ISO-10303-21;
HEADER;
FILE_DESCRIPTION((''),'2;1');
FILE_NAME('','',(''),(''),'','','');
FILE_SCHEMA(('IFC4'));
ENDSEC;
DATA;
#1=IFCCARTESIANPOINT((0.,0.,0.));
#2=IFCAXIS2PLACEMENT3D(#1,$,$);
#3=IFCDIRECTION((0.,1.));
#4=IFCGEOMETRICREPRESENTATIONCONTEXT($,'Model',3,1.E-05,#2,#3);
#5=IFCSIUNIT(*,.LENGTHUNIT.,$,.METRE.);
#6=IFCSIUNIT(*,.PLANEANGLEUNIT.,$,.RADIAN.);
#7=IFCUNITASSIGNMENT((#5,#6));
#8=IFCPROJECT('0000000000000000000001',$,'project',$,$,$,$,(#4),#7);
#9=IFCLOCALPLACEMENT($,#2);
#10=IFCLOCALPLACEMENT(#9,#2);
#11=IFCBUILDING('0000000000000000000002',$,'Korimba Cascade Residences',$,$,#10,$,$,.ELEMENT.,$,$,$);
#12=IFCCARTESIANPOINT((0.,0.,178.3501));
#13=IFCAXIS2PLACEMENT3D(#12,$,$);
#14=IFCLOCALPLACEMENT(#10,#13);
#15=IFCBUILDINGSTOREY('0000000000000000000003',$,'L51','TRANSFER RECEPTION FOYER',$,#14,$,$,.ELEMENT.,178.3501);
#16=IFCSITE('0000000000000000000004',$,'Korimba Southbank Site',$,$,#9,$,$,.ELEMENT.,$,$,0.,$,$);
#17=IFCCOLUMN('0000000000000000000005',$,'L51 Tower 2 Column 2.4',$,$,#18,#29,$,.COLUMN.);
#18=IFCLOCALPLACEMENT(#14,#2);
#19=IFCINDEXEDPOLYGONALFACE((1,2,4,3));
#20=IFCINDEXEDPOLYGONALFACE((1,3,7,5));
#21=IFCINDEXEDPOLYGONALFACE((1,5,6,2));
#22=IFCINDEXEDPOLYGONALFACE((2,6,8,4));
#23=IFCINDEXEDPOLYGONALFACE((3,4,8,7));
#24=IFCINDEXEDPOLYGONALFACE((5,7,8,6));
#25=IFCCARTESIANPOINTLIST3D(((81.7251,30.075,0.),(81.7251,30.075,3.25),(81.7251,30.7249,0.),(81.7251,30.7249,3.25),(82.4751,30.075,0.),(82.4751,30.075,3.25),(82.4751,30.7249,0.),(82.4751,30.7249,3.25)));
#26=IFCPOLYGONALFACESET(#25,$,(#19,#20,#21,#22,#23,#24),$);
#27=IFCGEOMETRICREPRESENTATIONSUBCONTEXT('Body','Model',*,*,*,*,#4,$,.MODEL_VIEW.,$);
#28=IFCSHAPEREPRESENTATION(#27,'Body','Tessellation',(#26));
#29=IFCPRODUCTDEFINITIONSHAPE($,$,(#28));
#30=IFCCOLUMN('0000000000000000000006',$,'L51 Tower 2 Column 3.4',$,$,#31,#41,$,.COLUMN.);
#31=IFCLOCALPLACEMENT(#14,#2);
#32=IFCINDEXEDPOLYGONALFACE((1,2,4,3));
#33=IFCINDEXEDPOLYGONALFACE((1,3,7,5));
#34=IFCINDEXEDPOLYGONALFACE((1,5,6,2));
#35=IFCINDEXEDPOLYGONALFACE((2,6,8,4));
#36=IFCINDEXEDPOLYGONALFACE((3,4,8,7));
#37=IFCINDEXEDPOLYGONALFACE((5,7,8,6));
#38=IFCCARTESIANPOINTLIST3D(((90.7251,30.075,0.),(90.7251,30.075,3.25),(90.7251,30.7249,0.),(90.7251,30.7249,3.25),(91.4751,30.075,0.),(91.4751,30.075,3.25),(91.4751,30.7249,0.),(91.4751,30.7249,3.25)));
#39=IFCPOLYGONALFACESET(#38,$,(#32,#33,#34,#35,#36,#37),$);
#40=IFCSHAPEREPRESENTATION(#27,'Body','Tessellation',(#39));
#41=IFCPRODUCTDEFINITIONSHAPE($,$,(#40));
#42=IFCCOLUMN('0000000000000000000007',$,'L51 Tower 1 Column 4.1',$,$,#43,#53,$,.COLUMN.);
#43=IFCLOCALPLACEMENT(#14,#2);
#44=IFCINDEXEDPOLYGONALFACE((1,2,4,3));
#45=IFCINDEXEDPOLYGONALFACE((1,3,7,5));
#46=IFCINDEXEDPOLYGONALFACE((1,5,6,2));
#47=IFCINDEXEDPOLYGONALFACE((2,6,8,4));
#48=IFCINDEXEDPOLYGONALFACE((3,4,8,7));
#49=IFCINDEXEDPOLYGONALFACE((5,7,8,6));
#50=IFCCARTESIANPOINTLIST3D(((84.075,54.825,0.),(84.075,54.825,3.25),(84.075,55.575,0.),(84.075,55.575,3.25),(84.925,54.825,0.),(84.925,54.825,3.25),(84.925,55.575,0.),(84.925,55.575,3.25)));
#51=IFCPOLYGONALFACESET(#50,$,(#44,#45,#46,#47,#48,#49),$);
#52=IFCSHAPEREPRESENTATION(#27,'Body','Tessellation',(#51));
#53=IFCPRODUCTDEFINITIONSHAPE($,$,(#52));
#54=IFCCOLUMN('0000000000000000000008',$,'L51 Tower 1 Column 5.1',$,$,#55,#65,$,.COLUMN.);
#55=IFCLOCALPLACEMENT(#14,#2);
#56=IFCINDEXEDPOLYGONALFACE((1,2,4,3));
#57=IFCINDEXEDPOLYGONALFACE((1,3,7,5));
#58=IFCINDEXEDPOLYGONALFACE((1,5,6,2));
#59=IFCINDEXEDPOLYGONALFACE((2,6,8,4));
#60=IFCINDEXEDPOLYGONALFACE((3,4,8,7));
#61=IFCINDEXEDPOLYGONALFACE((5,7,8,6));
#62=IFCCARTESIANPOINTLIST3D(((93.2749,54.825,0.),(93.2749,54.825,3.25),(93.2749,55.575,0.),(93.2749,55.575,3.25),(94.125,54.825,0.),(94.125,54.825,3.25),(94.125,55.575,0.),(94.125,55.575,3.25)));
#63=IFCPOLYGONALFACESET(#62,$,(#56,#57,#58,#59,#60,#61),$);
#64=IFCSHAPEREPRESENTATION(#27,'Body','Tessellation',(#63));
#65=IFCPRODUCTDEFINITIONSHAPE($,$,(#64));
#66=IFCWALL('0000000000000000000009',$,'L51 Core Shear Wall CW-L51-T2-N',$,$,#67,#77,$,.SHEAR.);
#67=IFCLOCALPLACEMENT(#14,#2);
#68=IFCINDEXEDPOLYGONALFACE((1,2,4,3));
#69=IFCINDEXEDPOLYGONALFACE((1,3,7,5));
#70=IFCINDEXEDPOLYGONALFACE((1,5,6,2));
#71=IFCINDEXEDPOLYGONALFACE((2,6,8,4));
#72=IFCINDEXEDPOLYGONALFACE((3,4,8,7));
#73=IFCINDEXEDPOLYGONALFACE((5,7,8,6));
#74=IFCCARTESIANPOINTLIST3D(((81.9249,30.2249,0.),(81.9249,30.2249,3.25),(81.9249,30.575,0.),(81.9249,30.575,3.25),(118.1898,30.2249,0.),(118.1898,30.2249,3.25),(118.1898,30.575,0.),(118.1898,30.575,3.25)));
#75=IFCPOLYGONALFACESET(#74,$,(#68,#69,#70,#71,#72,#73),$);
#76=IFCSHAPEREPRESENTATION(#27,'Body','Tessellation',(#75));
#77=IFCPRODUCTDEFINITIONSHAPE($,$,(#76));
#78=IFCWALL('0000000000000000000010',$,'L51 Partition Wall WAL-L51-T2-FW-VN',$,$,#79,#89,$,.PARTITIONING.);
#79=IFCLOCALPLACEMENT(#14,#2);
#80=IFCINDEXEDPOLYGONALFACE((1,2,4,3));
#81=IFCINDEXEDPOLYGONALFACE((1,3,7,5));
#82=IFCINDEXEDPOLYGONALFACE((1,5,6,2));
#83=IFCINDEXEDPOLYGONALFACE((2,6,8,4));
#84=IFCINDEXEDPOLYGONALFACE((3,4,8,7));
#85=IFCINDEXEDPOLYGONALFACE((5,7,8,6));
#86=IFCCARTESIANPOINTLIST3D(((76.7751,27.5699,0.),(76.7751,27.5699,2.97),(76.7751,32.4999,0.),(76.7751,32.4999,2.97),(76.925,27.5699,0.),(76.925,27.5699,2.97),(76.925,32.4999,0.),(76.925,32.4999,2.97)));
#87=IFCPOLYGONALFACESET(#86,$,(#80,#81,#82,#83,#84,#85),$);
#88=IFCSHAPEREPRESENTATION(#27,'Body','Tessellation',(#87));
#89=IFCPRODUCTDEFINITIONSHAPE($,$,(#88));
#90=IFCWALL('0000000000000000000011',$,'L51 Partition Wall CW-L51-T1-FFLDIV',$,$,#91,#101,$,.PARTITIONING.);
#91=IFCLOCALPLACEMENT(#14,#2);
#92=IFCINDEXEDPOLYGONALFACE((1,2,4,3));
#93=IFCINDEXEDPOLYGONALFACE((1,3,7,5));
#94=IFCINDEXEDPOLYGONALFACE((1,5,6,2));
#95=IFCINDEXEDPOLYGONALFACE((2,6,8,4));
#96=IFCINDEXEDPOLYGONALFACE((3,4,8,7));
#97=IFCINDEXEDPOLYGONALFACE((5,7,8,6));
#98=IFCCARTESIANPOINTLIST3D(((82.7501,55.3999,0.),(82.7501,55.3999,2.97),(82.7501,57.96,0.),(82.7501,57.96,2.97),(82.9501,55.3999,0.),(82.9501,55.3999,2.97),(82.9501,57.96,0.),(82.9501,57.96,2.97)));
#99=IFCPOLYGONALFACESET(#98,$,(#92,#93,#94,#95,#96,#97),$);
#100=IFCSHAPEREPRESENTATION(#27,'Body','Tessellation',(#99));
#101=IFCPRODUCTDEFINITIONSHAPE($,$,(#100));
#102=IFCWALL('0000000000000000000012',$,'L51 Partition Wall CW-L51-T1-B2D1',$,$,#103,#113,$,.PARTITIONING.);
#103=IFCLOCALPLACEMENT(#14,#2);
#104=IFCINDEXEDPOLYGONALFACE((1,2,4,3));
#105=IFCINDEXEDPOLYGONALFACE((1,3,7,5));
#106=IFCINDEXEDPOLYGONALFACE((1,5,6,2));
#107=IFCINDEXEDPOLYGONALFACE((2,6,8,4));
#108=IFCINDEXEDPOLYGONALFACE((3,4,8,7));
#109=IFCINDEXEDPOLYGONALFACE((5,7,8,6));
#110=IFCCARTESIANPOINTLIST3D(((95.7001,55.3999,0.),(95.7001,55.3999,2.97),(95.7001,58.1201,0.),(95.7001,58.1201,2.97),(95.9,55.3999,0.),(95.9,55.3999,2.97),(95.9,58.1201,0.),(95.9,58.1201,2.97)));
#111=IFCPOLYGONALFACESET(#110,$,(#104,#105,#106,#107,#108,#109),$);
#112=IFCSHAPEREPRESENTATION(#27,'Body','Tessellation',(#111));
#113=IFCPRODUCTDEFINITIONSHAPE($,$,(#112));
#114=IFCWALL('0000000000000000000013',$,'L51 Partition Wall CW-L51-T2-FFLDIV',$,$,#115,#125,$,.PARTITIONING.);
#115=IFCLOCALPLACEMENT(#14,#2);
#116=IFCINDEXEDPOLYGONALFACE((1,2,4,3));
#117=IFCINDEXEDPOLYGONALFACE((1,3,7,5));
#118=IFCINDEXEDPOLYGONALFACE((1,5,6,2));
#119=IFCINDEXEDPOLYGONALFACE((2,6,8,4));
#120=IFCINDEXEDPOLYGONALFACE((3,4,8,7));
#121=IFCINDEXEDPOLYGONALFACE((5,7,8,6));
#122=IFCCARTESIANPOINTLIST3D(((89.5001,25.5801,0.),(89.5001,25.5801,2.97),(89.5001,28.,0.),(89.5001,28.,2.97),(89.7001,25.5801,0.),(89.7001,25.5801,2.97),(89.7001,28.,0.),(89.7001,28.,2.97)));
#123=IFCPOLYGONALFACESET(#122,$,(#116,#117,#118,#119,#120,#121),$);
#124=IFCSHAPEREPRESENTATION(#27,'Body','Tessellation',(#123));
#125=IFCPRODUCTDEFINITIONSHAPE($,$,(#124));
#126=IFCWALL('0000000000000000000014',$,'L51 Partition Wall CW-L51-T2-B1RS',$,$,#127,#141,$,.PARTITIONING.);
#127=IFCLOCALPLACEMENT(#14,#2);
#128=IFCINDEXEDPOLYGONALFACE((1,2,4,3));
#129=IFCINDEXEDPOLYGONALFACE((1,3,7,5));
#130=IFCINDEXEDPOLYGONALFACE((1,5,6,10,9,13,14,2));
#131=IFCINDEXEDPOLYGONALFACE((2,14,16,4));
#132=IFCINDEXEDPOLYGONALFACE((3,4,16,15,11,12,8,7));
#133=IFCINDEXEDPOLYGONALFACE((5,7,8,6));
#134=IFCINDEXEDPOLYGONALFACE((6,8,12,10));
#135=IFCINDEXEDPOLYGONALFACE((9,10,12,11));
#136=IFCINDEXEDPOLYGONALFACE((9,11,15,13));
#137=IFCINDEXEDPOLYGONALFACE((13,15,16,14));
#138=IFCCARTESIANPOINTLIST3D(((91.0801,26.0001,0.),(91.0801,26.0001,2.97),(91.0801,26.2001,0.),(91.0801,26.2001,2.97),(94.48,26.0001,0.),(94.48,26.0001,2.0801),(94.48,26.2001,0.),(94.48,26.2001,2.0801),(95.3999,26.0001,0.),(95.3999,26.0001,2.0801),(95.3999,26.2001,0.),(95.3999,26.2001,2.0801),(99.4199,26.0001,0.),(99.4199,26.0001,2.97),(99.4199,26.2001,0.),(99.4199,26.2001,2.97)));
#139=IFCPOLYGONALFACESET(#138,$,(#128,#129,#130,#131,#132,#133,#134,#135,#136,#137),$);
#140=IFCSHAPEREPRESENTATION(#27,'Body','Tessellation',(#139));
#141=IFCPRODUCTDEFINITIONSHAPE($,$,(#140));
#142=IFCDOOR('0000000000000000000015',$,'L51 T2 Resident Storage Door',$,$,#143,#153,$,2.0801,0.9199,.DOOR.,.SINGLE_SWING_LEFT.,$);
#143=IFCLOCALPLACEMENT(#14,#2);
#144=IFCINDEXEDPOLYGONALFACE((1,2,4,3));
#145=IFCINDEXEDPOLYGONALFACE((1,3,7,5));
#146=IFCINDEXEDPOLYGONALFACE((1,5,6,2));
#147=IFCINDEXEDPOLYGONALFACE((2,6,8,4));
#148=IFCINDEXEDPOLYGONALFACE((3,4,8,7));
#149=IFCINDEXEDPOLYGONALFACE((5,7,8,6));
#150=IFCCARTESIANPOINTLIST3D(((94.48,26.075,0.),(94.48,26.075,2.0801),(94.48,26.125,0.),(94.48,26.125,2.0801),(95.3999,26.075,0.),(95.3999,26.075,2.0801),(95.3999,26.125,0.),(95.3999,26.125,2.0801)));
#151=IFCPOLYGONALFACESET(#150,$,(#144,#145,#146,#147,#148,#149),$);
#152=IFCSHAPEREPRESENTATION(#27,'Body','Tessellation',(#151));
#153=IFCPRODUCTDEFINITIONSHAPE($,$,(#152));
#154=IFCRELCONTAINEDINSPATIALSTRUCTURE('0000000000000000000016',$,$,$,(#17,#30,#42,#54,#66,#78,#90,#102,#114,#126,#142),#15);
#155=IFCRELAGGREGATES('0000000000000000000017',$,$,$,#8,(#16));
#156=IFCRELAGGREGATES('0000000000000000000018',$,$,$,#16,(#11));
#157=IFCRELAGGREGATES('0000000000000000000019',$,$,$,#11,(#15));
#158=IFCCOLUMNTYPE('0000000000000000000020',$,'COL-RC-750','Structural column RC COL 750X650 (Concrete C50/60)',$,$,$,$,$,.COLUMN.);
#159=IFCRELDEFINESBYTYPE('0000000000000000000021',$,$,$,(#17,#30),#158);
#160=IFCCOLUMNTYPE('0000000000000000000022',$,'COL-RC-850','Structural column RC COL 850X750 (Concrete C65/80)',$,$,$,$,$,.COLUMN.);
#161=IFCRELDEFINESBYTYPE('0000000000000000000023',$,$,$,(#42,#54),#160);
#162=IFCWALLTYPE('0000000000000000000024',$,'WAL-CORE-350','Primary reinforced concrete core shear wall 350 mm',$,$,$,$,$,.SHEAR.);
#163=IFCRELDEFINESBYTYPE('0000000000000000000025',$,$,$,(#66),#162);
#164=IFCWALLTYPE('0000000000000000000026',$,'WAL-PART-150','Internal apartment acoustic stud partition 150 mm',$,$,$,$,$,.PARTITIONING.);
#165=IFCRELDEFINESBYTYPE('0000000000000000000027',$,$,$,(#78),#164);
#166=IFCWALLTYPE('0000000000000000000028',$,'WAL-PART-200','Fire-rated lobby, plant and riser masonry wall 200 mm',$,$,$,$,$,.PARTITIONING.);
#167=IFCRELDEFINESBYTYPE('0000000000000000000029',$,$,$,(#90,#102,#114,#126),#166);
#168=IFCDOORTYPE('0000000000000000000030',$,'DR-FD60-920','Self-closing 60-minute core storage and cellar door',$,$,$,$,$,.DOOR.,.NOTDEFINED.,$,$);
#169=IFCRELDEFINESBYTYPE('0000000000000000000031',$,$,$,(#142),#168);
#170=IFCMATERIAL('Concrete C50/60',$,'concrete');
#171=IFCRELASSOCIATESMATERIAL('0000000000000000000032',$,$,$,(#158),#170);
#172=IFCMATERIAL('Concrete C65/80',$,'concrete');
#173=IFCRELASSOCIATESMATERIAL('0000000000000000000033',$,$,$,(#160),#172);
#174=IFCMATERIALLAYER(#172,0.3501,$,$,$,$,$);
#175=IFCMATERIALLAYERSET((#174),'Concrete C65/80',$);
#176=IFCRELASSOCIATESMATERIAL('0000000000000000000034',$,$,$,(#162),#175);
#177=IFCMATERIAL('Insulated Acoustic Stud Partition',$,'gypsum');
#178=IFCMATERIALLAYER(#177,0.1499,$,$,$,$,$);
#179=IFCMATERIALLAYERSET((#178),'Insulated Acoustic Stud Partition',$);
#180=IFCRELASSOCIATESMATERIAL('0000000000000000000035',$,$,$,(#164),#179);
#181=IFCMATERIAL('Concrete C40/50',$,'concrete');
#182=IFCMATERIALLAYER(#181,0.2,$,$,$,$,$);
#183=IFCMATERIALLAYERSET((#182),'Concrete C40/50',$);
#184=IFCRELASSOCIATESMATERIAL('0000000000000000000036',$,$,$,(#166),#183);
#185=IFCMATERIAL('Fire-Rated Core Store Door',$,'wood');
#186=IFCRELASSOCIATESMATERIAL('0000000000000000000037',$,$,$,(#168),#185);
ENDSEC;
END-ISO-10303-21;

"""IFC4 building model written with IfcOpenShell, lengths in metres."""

from ifc_helpers import new_model, si_unit, direction, frame, frame_2d, origin, origin_2d, place, context, subcontext, project, spatial, rectangle, extrude, material, layer, layer_set, material_profile, profile_set, type_object, element, fill, save


model = new_model("IFC4")

# Units and contexts
model_context = context("Model", 3, precision=1e-05, world=origin(), true_north=direction((0.0, 1.0)))
body_context = subcontext(model_context, "Body", "Model", "MODEL_VIEW")
ifc_project = project(units=[si_unit("LENGTHUNIT", "METRE"), si_unit("PLANEANGLEUNIT", "RADIAN")], contexts=[model_context])

# Site, building, storey
site_placement = place(None, origin())
site = spatial("IfcSite", under=ifc_project, at=site_placement, Name="Korimba Southbank Site", CompositionType="ELEMENT", RefElevation=0.0)
building_placement = place(site_placement, origin())
building = spatial("IfcBuilding", under=site, at=building_placement, Name="Korimba Cascade Residences", CompositionType="ELEMENT")
storey_placement = place(building_placement, frame((0.0, 0.0, 178.3501)))
storey = spatial("IfcBuildingStorey", under=building, at=storey_placement, Name="L51", Description="TRANSFER RECEPTION FOYER", CompositionType="ELEMENT", Elevation=178.3501)

# Columns
ifc_material_1 = material(Name="Concrete C50/60", Category="concrete")
ifc_material_profile_1 = material_profile(ifc_material_1, rectangle(XDim=0.75, YDim=0.6499, at=origin_2d()), Name="Concrete C50/60")
ifc_profile_set_1 = profile_set([ifc_material_profile_1], Name="Concrete C50/60")
column_type_1 = type_object("IfcColumnType", Name="COL-RC-750", Description="Structural column RC COL 750X650 (Concrete C50/60)", PredefinedType="COLUMN", material=ifc_profile_set_1)
for number, where, z_axis, x_axis, name in (
    (1, (82.1001, 30.3999, 0.0), (0.0, 0.0, 1.0), (1.0, 0.0, 0.0), "L51 Tower 2 Column 2.4"),
    (2, (91.1001, 30.3999, 0.0), (0.0, 0.0, 1.0), (1.0, 0.0, 0.0), "L51 Tower 2 Column 3.4"),
):
    element("IfcColumn", number, at=place(storey_placement, frame(where, z_axis=z_axis, x_axis=x_axis)), inside=storey, type_object=column_type_1, Name=name, PredefinedType="COLUMN", context=body_context, shape_type="SweptSolid", body=[
        extrude(rectangle(XDim=0.75, YDim=0.6499, at=origin_2d()), origin(), (0.0, 0.0, 1.0), 3.25),
    ])
ifc_material_2 = material(Name="Concrete C65/80", Category="concrete")
ifc_material_profile_2 = material_profile(ifc_material_2, rectangle(XDim=0.8501, YDim=0.75, at=origin_2d()), Name="Concrete C65/80")
ifc_profile_set_2 = profile_set([ifc_material_profile_2], Name="Concrete C65/80")
column_type_2 = type_object("IfcColumnType", Name="COL-RC-850", Description="Structural column RC COL 850X750 (Concrete C65/80)", PredefinedType="COLUMN", material=ifc_profile_set_2)
for number, where, z_axis, x_axis, name in (
    (3, (84.5, 55.2, 0.0), (0.0, 0.0, 1.0), (1.0, 0.0, 0.0), "L51 Tower 1 Column 4.1"),
    (4, (93.7, 55.2, 0.0), (0.0, 0.0, 1.0), (1.0, 0.0, 0.0), "L51 Tower 1 Column 5.1"),
):
    element("IfcColumn", number, at=place(storey_placement, frame(where, z_axis=z_axis, x_axis=x_axis)), inside=storey, type_object=column_type_2, Name=name, PredefinedType="COLUMN", context=body_context, shape_type="SweptSolid", body=[
        extrude(rectangle(XDim=0.8501, YDim=0.75, at=origin_2d()), origin(), (0.0, 0.0, 1.0), 3.25),
    ])

# Walls
ifc_layer_1 = layer(ifc_material_2, 0.3501)
ifc_layer_set_1 = layer_set([ifc_layer_1], Name="Concrete C65/80")
wall_type_1 = type_object("IfcWallType", Name="WAL-CORE-350", Description="Primary reinforced concrete core shear wall 350 mm", PredefinedType="SHEAR", material=ifc_layer_set_1)
wall_1_placement = place(storey_placement, frame((81.925, 30.3999, 0.0), z_axis=(0.0, 0.0, 1.0), x_axis=(1.0, 0.0, 0.0)))
element("IfcWall", 5, at=wall_1_placement, inside=storey, type_object=wall_type_1, Name="L51 Core Shear Wall CW-L51-T2-N", PredefinedType="SHEAR", context=body_context, shape_type="SweptSolid", body=[
    extrude(rectangle(XDim=36.2649, YDim=0.3501, at=frame_2d((18.1323, 0.0))), origin(), (0.0, 0.0, 1.0), 3.25),
])
ifc_material_3 = material(Name="Insulated Acoustic Stud Partition", Category="gypsum")
ifc_layer_2 = layer(ifc_material_3, 0.1499)
ifc_layer_set_2 = layer_set([ifc_layer_2], Name="Insulated Acoustic Stud Partition")
wall_type_2 = type_object("IfcWallType", Name="WAL-PART-150", Description="Internal apartment acoustic stud partition 150 mm", PredefinedType="PARTITIONING", material=ifc_layer_set_2)
wall_2_placement = place(storey_placement, frame((76.8501, 27.5701, 0.0), z_axis=(0.0, 0.0, 1.0), x_axis=(0.0, 1.0, 0.0)))
element("IfcWall", 6, at=wall_2_placement, inside=storey, type_object=wall_type_2, Name="L51 Partition Wall WAL-L51-T2-FW-VN", PredefinedType="PARTITIONING", context=body_context, shape_type="SweptSolid", body=[
    extrude(rectangle(XDim=4.9299, YDim=0.1499, at=frame_2d((2.4648, 0.0))), origin(), (0.0, 0.0, 1.0), 2.97),
])
ifc_material_4 = material(Name="Concrete C40/50", Category="concrete")
ifc_layer_3 = layer(ifc_material_4, 0.2)
ifc_layer_set_3 = layer_set([ifc_layer_3], Name="Concrete C40/50")
wall_type_3 = type_object("IfcWallType", Name="WAL-PART-200", Description="Fire-rated lobby, plant and riser masonry wall 200 mm", PredefinedType="PARTITIONING", material=ifc_layer_set_3)
wall_3_placement = place(storey_placement, frame((82.8501, 55.3999, 0.0), z_axis=(0.0, 0.0, 1.0), x_axis=(0.0, 1.0, 0.0)))
element("IfcWall", 7, at=wall_3_placement, inside=storey, type_object=wall_type_3, Name="L51 Partition Wall CW-L51-T1-FFLDIV", PredefinedType="PARTITIONING", context=body_context, shape_type="SweptSolid", body=[
    extrude(rectangle(XDim=2.5601, YDim=0.2, at=frame_2d((1.28, 0.0))), origin(), (0.0, 0.0, 1.0), 2.97),
])
wall_4_placement = place(storey_placement, frame((95.8, 55.3999, 0.0), z_axis=(0.0, 0.0, 1.0), x_axis=(0.0, 1.0, 0.0)))
element("IfcWall", 8, at=wall_4_placement, inside=storey, type_object=wall_type_3, Name="L51 Partition Wall CW-L51-T1-B2D1", PredefinedType="PARTITIONING", context=body_context, shape_type="SweptSolid", body=[
    extrude(rectangle(XDim=2.7202, YDim=0.2, at=frame_2d((1.3601, 0.0))), origin(), (0.0, 0.0, 1.0), 2.97),
])
wall_5_placement = place(storey_placement, frame((89.6001, 25.5801, 0.0), z_axis=(0.0, 0.0, 1.0), x_axis=(0.0, 1.0, 0.0)))
element("IfcWall", 9, at=wall_5_placement, inside=storey, type_object=wall_type_3, Name="L51 Partition Wall CW-L51-T2-FFLDIV", PredefinedType="PARTITIONING", context=body_context, shape_type="SweptSolid", body=[
    extrude(rectangle(XDim=2.4199, YDim=0.2, at=frame_2d((1.21, 0.0))), origin(), (0.0, 0.0, 1.0), 2.97),
])

# Wall, opening, door
wall_6_placement = place(storey_placement, frame((91.0801, 26.1001, 0.0), z_axis=(0.0, 0.0, 1.0), x_axis=(1.0, 0.0, 0.0)))
wall_6 = element("IfcWall", 10, at=wall_6_placement, inside=storey, type_object=wall_type_3, Name="L51 Partition Wall CW-L51-T2-B1RS", PredefinedType="PARTITIONING", context=body_context, shape_type="SweptSolid", body=[
    extrude(rectangle(XDim=8.3398, YDim=0.2, at=frame_2d((4.1699, 0.0))), origin(), (0.0, 0.0, 1.0), 2.97),
])
opening_1_placement = place(wall_6_placement, frame((3.3999, 0.0, 0.0)))
opening_1 = element("IfcOpeningElement", 11, at=opening_1_placement, cuts=wall_6, PredefinedType="OPENING", context=body_context, shape_type="SweptSolid", body=[
    extrude(rectangle(XDim=0.9199, YDim=2.0801, at=frame_2d((0.46, 1.04))), frame((0.0, 0.1099, 0.0), z_axis=(0.0, -1.0, 0.0), x_axis=(1.0, 0.0, 0.0)), (0.0, 0.0, 1.0), 0.22),
])
ifc_material_5 = material(Name="Fire-Rated Core Store Door", Category="wood")
door_type_1 = type_object("IfcDoorType", Name="DR-FD60-920", Description="Self-closing 60-minute core storage and cellar door", OperationType="NOTDEFINED", PredefinedType="DOOR", material=ifc_material_5)
door_1_placement = place(opening_1_placement, origin())
door_1 = element("IfcDoor", 12, at=door_1_placement, inside=storey, type_object=door_type_1, Name="L51 T2 Resident Storage Door", OperationType="SINGLE_SWING_LEFT", OverallHeight=2.0801, OverallWidth=0.9199, PredefinedType="DOOR", context=body_context, shape_type="SweptSolid", body=[
    extrude(rectangle(XDim=0.9199, YDim=2.0801, at=frame_2d((0.46, 1.04))), frame((0.0, 0.0249, 0.0), z_axis=(0.0, -1.0, 0.0), x_axis=(1.0, 0.0, 0.0)), (0.0, 0.0, 1.0), 0.05),
])
fill(opening_1, door_1)

save(model, "model.ifc")
